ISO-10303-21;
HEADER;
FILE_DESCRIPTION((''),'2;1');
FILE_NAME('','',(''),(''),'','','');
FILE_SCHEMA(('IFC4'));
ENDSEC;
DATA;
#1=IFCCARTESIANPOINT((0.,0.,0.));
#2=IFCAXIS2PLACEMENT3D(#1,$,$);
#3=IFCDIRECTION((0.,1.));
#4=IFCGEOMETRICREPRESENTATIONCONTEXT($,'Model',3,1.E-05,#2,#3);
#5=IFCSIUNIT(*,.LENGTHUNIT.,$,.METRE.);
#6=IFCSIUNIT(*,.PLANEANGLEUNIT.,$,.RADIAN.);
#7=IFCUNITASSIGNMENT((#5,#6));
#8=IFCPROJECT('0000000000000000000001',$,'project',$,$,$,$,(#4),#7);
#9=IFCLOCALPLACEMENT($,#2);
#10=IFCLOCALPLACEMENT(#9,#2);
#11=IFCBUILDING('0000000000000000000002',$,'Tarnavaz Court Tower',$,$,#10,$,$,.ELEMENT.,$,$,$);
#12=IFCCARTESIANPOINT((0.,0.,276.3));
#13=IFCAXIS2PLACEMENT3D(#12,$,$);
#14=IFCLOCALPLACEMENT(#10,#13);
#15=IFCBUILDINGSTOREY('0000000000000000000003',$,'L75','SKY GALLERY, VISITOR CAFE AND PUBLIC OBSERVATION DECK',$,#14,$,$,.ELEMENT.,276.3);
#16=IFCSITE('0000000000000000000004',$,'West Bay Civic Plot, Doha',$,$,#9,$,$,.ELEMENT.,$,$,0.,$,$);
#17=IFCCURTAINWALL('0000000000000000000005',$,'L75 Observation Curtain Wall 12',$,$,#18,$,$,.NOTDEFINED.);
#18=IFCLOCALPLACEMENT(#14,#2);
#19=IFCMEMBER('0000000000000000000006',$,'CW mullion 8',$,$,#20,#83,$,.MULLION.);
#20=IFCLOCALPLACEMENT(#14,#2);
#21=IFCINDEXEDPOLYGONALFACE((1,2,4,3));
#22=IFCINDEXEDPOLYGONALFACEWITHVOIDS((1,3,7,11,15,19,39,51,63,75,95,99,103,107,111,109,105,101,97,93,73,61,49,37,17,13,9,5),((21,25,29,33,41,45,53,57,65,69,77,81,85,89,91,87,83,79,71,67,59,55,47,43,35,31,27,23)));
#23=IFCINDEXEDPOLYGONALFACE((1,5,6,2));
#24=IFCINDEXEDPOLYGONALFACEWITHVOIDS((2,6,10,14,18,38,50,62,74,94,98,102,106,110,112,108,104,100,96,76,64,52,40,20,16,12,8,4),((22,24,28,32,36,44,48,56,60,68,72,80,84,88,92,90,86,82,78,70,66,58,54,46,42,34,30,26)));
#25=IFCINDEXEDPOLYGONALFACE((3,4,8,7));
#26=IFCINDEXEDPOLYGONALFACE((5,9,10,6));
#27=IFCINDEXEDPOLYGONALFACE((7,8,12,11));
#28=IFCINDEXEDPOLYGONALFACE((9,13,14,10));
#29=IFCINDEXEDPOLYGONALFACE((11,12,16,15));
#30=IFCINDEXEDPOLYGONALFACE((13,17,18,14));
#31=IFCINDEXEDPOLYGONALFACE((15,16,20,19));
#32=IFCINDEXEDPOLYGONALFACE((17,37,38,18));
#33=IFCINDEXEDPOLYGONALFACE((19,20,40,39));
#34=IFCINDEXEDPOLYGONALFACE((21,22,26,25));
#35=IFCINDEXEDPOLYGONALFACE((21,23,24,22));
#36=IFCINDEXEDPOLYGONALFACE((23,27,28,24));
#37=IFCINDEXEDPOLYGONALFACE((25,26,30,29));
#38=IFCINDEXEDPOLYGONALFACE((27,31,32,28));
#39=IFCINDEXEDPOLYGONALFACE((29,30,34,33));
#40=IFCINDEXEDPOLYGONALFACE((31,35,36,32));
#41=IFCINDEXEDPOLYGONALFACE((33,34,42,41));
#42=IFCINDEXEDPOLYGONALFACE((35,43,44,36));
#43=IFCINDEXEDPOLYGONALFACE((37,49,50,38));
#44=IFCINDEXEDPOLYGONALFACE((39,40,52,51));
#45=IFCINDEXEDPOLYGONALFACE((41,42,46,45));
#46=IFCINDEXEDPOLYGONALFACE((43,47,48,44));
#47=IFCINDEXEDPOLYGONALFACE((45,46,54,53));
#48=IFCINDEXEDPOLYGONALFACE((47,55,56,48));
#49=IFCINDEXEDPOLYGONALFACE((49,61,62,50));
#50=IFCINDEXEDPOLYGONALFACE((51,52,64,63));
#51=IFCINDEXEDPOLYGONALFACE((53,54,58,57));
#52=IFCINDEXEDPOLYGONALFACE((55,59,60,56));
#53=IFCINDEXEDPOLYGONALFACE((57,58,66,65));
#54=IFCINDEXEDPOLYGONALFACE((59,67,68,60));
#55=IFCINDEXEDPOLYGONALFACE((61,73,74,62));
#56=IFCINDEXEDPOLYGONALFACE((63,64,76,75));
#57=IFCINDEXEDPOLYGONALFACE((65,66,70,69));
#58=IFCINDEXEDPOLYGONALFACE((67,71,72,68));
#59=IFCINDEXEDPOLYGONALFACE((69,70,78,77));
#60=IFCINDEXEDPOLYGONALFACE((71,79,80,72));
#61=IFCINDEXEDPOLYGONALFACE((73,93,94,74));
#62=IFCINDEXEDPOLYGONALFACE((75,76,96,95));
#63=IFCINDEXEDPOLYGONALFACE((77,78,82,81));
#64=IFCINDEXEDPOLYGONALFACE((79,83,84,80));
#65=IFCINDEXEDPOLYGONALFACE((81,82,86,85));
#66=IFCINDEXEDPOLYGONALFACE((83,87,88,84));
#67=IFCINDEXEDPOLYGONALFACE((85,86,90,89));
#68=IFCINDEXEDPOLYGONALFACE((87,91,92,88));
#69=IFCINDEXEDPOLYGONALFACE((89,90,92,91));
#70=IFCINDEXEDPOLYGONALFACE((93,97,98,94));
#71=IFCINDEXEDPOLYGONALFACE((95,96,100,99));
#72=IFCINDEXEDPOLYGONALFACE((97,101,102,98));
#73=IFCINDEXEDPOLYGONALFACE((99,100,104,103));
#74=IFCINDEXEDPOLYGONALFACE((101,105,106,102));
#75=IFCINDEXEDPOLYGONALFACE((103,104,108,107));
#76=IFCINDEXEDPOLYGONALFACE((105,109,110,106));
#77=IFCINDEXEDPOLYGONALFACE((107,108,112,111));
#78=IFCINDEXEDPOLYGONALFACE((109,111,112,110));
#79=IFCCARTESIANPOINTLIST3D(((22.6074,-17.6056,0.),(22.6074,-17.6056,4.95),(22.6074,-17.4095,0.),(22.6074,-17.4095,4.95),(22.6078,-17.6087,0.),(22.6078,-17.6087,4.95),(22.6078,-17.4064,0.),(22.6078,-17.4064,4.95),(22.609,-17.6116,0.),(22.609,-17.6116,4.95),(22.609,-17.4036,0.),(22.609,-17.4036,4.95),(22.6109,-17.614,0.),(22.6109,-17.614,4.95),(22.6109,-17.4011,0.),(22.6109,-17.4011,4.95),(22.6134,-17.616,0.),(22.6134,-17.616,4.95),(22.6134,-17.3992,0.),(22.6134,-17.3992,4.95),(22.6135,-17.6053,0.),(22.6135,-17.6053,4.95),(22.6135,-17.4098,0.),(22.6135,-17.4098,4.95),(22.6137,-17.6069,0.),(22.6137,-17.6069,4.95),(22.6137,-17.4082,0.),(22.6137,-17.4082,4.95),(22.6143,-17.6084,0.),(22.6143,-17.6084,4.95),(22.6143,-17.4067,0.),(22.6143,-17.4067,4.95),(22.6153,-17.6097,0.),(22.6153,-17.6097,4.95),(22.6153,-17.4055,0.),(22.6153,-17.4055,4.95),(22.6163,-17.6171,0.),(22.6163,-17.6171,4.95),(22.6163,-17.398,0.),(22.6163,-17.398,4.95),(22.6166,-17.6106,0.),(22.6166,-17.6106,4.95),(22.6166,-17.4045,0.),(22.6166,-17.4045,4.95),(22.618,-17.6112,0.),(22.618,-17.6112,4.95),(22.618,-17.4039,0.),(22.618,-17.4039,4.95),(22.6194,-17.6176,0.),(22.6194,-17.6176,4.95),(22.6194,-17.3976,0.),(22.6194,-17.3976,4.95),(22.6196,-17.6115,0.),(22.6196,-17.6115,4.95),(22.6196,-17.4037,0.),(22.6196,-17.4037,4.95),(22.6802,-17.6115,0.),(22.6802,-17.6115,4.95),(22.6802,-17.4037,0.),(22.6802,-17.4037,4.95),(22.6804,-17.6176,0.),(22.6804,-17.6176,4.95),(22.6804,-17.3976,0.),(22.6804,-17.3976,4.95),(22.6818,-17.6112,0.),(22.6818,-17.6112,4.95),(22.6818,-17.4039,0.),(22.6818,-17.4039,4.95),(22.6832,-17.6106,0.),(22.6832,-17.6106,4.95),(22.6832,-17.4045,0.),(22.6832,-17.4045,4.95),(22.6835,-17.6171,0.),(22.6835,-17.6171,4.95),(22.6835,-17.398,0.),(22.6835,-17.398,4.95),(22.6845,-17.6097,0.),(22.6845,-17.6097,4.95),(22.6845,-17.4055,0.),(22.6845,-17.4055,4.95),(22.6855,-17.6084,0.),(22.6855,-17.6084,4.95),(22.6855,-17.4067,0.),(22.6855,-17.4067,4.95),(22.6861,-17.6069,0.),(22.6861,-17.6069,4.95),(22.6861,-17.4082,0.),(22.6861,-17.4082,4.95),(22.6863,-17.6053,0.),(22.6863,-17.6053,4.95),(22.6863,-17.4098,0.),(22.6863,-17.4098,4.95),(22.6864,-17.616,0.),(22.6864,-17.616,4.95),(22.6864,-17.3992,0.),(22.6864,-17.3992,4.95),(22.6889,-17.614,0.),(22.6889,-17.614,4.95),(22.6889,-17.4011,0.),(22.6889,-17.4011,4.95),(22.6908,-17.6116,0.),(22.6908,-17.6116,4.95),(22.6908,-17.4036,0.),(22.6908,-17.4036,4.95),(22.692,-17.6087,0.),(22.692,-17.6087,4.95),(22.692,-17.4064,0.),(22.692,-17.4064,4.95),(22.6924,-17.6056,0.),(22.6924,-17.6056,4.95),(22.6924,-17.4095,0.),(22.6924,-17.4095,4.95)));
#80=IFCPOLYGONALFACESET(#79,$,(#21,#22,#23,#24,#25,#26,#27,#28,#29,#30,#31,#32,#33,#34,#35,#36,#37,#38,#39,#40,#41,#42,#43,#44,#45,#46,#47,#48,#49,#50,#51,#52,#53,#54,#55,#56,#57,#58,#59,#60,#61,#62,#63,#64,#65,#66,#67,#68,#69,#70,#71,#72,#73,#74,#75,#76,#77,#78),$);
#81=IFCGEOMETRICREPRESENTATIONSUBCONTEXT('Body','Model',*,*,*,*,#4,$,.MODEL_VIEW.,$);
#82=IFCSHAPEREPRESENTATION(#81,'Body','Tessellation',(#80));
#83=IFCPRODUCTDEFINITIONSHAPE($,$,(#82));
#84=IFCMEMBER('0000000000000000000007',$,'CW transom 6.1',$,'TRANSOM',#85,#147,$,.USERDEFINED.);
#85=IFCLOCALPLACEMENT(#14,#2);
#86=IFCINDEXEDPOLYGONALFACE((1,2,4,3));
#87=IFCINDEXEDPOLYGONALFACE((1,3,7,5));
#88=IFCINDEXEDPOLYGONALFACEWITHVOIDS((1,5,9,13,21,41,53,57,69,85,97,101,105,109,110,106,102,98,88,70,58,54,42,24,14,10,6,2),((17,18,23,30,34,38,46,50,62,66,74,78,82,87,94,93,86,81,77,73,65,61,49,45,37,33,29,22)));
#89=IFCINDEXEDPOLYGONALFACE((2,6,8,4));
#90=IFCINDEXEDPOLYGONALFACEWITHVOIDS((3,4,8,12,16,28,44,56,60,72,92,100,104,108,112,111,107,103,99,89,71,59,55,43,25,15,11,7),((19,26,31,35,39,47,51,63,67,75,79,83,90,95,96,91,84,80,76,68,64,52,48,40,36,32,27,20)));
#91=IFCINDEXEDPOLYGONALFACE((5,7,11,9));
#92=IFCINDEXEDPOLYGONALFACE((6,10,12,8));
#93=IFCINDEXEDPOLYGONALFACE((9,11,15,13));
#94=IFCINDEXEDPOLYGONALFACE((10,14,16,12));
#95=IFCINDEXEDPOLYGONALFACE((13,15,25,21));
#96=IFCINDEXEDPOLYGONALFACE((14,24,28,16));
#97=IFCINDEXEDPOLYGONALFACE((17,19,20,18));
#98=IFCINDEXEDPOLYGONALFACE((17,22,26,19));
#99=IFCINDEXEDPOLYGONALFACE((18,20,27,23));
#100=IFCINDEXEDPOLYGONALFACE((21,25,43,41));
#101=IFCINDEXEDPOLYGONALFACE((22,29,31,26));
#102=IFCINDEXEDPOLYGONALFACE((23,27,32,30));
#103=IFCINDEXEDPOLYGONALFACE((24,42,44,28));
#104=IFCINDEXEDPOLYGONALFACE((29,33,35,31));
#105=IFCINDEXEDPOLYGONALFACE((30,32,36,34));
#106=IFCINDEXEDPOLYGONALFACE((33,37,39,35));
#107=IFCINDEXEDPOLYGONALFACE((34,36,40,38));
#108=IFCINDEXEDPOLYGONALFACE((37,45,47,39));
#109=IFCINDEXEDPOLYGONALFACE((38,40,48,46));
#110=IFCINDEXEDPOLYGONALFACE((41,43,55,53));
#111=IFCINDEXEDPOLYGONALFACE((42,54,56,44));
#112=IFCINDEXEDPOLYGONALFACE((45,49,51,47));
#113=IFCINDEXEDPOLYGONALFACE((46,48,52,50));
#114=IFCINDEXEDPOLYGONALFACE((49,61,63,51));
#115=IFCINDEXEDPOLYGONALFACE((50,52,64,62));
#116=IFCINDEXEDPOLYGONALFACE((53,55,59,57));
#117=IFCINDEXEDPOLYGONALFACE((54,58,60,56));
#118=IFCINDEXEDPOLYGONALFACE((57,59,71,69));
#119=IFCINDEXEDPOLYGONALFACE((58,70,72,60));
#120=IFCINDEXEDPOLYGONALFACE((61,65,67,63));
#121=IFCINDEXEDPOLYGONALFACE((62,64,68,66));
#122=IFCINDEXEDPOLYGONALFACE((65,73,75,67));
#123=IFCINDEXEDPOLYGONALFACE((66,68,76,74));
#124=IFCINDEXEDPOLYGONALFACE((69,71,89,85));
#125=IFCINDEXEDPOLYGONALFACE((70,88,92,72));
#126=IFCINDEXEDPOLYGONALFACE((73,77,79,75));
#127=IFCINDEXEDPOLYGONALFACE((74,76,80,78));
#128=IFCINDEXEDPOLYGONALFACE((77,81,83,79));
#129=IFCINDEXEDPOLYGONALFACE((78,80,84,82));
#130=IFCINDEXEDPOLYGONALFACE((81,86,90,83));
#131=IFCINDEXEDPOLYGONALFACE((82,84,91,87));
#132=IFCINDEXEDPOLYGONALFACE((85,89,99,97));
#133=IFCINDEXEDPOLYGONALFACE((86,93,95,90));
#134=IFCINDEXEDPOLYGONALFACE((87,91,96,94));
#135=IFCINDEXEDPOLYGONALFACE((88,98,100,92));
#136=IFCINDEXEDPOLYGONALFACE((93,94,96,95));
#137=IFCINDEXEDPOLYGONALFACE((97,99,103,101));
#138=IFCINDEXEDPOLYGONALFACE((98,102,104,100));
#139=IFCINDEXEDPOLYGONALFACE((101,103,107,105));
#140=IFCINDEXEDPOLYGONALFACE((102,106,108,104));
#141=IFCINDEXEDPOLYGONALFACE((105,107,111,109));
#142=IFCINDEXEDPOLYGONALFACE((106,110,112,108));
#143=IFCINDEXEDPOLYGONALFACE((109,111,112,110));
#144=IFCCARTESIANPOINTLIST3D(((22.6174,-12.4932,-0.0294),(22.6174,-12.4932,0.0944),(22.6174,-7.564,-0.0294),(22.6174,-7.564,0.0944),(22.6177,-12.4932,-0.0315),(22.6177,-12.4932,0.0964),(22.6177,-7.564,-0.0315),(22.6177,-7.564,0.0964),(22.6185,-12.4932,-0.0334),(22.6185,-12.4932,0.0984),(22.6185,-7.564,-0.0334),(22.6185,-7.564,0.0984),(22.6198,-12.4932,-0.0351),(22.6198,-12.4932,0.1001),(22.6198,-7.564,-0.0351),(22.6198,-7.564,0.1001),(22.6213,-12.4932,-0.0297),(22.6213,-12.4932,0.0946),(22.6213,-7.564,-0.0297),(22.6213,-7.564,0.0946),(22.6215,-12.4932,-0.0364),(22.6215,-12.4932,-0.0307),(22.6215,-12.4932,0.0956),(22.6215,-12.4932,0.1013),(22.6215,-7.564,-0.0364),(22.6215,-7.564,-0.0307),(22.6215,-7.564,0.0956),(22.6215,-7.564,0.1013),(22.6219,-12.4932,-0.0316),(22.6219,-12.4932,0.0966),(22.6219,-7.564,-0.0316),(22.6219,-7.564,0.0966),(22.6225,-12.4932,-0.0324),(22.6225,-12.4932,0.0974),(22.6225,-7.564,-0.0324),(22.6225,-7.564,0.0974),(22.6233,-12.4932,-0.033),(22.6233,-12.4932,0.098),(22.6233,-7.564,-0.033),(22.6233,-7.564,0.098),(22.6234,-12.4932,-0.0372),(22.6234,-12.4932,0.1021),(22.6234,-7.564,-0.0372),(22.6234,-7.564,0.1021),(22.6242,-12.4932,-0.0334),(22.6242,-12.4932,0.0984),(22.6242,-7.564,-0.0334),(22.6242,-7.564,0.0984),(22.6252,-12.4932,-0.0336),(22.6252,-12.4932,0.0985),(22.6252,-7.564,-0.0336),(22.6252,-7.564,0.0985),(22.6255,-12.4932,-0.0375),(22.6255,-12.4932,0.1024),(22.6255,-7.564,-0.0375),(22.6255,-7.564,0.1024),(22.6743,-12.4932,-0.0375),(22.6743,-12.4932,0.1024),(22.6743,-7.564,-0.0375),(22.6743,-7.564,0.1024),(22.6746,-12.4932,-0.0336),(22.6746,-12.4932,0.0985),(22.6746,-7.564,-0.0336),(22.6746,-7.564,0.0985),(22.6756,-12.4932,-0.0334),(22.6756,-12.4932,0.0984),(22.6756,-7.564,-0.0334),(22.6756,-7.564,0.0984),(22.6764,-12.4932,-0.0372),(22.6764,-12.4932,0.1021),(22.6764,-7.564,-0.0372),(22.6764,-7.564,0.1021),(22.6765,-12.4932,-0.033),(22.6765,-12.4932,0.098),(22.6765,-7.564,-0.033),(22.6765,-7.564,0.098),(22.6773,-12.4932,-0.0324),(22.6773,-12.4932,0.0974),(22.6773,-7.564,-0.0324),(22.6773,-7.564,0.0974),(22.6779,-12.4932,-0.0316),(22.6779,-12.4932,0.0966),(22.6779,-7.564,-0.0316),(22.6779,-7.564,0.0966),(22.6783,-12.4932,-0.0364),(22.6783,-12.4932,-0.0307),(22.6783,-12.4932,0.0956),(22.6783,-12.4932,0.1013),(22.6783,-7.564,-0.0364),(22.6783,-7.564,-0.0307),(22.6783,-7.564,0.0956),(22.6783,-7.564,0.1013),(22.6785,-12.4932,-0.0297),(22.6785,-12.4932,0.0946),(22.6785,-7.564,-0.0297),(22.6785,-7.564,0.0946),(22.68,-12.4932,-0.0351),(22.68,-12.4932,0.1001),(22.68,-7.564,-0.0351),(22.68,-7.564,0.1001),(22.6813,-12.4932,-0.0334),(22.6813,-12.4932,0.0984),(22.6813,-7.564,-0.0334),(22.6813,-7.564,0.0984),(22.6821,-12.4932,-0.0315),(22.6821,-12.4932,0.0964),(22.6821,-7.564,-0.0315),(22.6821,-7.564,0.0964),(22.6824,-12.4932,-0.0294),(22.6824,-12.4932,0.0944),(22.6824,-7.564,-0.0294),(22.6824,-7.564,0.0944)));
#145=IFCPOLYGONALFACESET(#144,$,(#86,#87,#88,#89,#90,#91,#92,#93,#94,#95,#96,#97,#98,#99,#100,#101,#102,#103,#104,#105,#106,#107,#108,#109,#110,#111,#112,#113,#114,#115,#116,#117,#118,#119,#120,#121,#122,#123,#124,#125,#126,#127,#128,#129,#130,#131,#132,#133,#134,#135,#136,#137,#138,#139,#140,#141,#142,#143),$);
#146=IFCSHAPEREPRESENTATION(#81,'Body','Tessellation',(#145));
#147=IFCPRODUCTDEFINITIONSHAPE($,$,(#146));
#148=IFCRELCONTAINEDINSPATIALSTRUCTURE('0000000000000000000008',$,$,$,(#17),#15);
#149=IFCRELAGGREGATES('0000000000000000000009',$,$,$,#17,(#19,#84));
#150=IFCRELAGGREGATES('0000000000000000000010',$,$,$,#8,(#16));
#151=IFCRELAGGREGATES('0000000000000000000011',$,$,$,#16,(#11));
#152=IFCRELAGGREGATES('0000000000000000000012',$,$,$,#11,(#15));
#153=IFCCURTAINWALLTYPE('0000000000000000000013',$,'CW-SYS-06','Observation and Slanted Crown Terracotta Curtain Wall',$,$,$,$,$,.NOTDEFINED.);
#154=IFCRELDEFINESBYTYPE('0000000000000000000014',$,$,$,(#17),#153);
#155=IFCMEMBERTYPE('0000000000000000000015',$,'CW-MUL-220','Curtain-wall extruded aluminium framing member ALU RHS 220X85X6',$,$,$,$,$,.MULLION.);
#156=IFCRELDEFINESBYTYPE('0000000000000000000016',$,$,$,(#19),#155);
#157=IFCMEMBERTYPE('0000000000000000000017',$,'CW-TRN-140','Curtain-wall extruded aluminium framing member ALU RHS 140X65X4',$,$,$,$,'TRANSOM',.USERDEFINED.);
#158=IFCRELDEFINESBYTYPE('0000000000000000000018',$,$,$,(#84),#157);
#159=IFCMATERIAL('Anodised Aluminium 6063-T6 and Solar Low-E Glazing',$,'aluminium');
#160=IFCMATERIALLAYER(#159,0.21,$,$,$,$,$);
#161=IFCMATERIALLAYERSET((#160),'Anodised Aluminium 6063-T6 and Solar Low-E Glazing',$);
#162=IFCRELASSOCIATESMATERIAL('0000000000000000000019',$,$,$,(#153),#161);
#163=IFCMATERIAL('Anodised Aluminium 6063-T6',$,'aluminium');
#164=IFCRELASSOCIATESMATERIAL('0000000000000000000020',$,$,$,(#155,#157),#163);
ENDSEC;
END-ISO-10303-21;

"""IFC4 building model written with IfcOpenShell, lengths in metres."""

from ifc_helpers import new_model, si_unit, direction, frame, origin, origin_2d, place, context, subcontext, project, spatial, hollow_rectangle, extrude, material, layer, layer_set, material_profile, profile_set, type_object, element, aggregate, save


model = new_model("IFC4")

# Units and contexts
model_context = context("Model", 3, precision=1e-05, world=origin(), true_north=direction((0.0, 1.0)))
body_context = subcontext(model_context, "Body", "Model", "MODEL_VIEW")
ifc_project = project(units=[si_unit("LENGTHUNIT", "METRE"), si_unit("PLANEANGLEUNIT", "RADIAN")], contexts=[model_context])

# Site, building, storey
site_placement = place(None, origin())
site = spatial("IfcSite", under=ifc_project, at=site_placement, Name="West Bay Civic Plot, Doha", CompositionType="ELEMENT", RefElevation=0.0)
building_placement = place(site_placement, origin())
building = spatial("IfcBuilding", under=site, at=building_placement, Name="Tarnavaz Court Tower", CompositionType="ELEMENT")
storey_placement = place(building_placement, frame((0.0, 0.0, 276.3)))
storey = spatial("IfcBuildingStorey", under=building, at=storey_placement, Name="L75", Description="SKY GALLERY, VISITOR CAFE AND PUBLIC OBSERVATION DECK", CompositionType="ELEMENT", Elevation=276.3)

# Curtain wall, members
ifc_material_1 = material(Name="Anodised Aluminium 6063-T6 and Solar Low-E Glazing", Category="aluminium")
ifc_layer_1 = layer(ifc_material_1, 0.21)
ifc_layer_set_1 = layer_set([ifc_layer_1], Name="Anodised Aluminium 6063-T6 and Solar Low-E Glazing")
curtain_wall_type = type_object("IfcCurtainWallType", Name="CW-SYS-06", Description="Observation and Slanted Crown Terracotta Curtain Wall", PredefinedType="NOTDEFINED", material=ifc_layer_set_1)
curtain_wall_placement = place(storey_placement, origin())
curtain_wall = element("IfcCurtainWall", 1, at=curtain_wall_placement, inside=storey, type_object=curtain_wall_type, Name="L75 Observation Curtain Wall 12", PredefinedType="NOTDEFINED")
ifc_material_2 = material(Name="Anodised Aluminium 6063-T6", Category="aluminium")
ifc_material_profile_1 = material_profile(ifc_material_2, hollow_rectangle(XDim=0.085, YDim=0.22, WallThickness=0.0061, InnerFilletRadius=0.0061, OuterFilletRadius=0.012, at=origin_2d()), Name="ALU RHS 220X85X6")
ifc_profile_set_1 = profile_set([ifc_material_profile_1], Name="Anodised Aluminium 6063-T6")
member_type_1 = type_object("IfcMemberType", Name="CW-MUL-220", Description="Curtain-wall extruded aluminium framing member ALU RHS 220X85X6", PredefinedType="MULLION", material=ifc_profile_set_1)
member_1_placement = place(storey_placement, frame((22.6499, -17.5076, 0.0), z_axis=(0.0, 0.0, 1.0), x_axis=(1.0, 0.0, 0.0)))
member_1 = element("IfcMember", 2, at=member_1_placement, type_object=member_type_1, Name="CW mullion 8", PredefinedType="MULLION", context=body_context, shape_type="SweptSolid", body=[
    extrude(hollow_rectangle(XDim=0.085, YDim=0.22, WallThickness=0.0061, InnerFilletRadius=0.0061, OuterFilletRadius=0.012, at=origin_2d()), origin(), (0.0, 0.0, 1.0), 4.95),
])
ifc_material_profile_2 = material_profile(ifc_material_2, hollow_rectangle(XDim=0.0649, YDim=0.1399, WallThickness=0.0039, InnerFilletRadius=0.0039, OuterFilletRadius=0.0081, at=origin_2d()), Name="ALU RHS 140X65X4")
ifc_profile_set_2 = profile_set([ifc_material_profile_2], Name="Anodised Aluminium 6063-T6")
member_type_2 = type_object("IfcMemberType", Name="CW-TRN-140", Description="Curtain-wall extruded aluminium framing member ALU RHS 140X65X4", ElementType="TRANSOM", PredefinedType="USERDEFINED", material=ifc_profile_set_2)
member_2_placement = place(storey_placement, frame((22.6499, -7.564, 0.0325), z_axis=(0.0, -1.0, 0.0), x_axis=(1.0, 0.0, 0.0)))
member_2 = element("IfcMember", 3, at=member_2_placement, type_object=member_type_2, Name="CW transom 6.1", ObjectType="TRANSOM", PredefinedType="USERDEFINED", context=body_context, shape_type="SweptSolid", body=[
    extrude(hollow_rectangle(XDim=0.0649, YDim=0.1399, WallThickness=0.0039, InnerFilletRadius=0.0039, OuterFilletRadius=0.0081, at=origin_2d()), origin(), (0.0, 0.0, 1.0), 4.9292),
])
aggregate(curtain_wall, [member_1, member_2])

save(model, "model.ifc")
